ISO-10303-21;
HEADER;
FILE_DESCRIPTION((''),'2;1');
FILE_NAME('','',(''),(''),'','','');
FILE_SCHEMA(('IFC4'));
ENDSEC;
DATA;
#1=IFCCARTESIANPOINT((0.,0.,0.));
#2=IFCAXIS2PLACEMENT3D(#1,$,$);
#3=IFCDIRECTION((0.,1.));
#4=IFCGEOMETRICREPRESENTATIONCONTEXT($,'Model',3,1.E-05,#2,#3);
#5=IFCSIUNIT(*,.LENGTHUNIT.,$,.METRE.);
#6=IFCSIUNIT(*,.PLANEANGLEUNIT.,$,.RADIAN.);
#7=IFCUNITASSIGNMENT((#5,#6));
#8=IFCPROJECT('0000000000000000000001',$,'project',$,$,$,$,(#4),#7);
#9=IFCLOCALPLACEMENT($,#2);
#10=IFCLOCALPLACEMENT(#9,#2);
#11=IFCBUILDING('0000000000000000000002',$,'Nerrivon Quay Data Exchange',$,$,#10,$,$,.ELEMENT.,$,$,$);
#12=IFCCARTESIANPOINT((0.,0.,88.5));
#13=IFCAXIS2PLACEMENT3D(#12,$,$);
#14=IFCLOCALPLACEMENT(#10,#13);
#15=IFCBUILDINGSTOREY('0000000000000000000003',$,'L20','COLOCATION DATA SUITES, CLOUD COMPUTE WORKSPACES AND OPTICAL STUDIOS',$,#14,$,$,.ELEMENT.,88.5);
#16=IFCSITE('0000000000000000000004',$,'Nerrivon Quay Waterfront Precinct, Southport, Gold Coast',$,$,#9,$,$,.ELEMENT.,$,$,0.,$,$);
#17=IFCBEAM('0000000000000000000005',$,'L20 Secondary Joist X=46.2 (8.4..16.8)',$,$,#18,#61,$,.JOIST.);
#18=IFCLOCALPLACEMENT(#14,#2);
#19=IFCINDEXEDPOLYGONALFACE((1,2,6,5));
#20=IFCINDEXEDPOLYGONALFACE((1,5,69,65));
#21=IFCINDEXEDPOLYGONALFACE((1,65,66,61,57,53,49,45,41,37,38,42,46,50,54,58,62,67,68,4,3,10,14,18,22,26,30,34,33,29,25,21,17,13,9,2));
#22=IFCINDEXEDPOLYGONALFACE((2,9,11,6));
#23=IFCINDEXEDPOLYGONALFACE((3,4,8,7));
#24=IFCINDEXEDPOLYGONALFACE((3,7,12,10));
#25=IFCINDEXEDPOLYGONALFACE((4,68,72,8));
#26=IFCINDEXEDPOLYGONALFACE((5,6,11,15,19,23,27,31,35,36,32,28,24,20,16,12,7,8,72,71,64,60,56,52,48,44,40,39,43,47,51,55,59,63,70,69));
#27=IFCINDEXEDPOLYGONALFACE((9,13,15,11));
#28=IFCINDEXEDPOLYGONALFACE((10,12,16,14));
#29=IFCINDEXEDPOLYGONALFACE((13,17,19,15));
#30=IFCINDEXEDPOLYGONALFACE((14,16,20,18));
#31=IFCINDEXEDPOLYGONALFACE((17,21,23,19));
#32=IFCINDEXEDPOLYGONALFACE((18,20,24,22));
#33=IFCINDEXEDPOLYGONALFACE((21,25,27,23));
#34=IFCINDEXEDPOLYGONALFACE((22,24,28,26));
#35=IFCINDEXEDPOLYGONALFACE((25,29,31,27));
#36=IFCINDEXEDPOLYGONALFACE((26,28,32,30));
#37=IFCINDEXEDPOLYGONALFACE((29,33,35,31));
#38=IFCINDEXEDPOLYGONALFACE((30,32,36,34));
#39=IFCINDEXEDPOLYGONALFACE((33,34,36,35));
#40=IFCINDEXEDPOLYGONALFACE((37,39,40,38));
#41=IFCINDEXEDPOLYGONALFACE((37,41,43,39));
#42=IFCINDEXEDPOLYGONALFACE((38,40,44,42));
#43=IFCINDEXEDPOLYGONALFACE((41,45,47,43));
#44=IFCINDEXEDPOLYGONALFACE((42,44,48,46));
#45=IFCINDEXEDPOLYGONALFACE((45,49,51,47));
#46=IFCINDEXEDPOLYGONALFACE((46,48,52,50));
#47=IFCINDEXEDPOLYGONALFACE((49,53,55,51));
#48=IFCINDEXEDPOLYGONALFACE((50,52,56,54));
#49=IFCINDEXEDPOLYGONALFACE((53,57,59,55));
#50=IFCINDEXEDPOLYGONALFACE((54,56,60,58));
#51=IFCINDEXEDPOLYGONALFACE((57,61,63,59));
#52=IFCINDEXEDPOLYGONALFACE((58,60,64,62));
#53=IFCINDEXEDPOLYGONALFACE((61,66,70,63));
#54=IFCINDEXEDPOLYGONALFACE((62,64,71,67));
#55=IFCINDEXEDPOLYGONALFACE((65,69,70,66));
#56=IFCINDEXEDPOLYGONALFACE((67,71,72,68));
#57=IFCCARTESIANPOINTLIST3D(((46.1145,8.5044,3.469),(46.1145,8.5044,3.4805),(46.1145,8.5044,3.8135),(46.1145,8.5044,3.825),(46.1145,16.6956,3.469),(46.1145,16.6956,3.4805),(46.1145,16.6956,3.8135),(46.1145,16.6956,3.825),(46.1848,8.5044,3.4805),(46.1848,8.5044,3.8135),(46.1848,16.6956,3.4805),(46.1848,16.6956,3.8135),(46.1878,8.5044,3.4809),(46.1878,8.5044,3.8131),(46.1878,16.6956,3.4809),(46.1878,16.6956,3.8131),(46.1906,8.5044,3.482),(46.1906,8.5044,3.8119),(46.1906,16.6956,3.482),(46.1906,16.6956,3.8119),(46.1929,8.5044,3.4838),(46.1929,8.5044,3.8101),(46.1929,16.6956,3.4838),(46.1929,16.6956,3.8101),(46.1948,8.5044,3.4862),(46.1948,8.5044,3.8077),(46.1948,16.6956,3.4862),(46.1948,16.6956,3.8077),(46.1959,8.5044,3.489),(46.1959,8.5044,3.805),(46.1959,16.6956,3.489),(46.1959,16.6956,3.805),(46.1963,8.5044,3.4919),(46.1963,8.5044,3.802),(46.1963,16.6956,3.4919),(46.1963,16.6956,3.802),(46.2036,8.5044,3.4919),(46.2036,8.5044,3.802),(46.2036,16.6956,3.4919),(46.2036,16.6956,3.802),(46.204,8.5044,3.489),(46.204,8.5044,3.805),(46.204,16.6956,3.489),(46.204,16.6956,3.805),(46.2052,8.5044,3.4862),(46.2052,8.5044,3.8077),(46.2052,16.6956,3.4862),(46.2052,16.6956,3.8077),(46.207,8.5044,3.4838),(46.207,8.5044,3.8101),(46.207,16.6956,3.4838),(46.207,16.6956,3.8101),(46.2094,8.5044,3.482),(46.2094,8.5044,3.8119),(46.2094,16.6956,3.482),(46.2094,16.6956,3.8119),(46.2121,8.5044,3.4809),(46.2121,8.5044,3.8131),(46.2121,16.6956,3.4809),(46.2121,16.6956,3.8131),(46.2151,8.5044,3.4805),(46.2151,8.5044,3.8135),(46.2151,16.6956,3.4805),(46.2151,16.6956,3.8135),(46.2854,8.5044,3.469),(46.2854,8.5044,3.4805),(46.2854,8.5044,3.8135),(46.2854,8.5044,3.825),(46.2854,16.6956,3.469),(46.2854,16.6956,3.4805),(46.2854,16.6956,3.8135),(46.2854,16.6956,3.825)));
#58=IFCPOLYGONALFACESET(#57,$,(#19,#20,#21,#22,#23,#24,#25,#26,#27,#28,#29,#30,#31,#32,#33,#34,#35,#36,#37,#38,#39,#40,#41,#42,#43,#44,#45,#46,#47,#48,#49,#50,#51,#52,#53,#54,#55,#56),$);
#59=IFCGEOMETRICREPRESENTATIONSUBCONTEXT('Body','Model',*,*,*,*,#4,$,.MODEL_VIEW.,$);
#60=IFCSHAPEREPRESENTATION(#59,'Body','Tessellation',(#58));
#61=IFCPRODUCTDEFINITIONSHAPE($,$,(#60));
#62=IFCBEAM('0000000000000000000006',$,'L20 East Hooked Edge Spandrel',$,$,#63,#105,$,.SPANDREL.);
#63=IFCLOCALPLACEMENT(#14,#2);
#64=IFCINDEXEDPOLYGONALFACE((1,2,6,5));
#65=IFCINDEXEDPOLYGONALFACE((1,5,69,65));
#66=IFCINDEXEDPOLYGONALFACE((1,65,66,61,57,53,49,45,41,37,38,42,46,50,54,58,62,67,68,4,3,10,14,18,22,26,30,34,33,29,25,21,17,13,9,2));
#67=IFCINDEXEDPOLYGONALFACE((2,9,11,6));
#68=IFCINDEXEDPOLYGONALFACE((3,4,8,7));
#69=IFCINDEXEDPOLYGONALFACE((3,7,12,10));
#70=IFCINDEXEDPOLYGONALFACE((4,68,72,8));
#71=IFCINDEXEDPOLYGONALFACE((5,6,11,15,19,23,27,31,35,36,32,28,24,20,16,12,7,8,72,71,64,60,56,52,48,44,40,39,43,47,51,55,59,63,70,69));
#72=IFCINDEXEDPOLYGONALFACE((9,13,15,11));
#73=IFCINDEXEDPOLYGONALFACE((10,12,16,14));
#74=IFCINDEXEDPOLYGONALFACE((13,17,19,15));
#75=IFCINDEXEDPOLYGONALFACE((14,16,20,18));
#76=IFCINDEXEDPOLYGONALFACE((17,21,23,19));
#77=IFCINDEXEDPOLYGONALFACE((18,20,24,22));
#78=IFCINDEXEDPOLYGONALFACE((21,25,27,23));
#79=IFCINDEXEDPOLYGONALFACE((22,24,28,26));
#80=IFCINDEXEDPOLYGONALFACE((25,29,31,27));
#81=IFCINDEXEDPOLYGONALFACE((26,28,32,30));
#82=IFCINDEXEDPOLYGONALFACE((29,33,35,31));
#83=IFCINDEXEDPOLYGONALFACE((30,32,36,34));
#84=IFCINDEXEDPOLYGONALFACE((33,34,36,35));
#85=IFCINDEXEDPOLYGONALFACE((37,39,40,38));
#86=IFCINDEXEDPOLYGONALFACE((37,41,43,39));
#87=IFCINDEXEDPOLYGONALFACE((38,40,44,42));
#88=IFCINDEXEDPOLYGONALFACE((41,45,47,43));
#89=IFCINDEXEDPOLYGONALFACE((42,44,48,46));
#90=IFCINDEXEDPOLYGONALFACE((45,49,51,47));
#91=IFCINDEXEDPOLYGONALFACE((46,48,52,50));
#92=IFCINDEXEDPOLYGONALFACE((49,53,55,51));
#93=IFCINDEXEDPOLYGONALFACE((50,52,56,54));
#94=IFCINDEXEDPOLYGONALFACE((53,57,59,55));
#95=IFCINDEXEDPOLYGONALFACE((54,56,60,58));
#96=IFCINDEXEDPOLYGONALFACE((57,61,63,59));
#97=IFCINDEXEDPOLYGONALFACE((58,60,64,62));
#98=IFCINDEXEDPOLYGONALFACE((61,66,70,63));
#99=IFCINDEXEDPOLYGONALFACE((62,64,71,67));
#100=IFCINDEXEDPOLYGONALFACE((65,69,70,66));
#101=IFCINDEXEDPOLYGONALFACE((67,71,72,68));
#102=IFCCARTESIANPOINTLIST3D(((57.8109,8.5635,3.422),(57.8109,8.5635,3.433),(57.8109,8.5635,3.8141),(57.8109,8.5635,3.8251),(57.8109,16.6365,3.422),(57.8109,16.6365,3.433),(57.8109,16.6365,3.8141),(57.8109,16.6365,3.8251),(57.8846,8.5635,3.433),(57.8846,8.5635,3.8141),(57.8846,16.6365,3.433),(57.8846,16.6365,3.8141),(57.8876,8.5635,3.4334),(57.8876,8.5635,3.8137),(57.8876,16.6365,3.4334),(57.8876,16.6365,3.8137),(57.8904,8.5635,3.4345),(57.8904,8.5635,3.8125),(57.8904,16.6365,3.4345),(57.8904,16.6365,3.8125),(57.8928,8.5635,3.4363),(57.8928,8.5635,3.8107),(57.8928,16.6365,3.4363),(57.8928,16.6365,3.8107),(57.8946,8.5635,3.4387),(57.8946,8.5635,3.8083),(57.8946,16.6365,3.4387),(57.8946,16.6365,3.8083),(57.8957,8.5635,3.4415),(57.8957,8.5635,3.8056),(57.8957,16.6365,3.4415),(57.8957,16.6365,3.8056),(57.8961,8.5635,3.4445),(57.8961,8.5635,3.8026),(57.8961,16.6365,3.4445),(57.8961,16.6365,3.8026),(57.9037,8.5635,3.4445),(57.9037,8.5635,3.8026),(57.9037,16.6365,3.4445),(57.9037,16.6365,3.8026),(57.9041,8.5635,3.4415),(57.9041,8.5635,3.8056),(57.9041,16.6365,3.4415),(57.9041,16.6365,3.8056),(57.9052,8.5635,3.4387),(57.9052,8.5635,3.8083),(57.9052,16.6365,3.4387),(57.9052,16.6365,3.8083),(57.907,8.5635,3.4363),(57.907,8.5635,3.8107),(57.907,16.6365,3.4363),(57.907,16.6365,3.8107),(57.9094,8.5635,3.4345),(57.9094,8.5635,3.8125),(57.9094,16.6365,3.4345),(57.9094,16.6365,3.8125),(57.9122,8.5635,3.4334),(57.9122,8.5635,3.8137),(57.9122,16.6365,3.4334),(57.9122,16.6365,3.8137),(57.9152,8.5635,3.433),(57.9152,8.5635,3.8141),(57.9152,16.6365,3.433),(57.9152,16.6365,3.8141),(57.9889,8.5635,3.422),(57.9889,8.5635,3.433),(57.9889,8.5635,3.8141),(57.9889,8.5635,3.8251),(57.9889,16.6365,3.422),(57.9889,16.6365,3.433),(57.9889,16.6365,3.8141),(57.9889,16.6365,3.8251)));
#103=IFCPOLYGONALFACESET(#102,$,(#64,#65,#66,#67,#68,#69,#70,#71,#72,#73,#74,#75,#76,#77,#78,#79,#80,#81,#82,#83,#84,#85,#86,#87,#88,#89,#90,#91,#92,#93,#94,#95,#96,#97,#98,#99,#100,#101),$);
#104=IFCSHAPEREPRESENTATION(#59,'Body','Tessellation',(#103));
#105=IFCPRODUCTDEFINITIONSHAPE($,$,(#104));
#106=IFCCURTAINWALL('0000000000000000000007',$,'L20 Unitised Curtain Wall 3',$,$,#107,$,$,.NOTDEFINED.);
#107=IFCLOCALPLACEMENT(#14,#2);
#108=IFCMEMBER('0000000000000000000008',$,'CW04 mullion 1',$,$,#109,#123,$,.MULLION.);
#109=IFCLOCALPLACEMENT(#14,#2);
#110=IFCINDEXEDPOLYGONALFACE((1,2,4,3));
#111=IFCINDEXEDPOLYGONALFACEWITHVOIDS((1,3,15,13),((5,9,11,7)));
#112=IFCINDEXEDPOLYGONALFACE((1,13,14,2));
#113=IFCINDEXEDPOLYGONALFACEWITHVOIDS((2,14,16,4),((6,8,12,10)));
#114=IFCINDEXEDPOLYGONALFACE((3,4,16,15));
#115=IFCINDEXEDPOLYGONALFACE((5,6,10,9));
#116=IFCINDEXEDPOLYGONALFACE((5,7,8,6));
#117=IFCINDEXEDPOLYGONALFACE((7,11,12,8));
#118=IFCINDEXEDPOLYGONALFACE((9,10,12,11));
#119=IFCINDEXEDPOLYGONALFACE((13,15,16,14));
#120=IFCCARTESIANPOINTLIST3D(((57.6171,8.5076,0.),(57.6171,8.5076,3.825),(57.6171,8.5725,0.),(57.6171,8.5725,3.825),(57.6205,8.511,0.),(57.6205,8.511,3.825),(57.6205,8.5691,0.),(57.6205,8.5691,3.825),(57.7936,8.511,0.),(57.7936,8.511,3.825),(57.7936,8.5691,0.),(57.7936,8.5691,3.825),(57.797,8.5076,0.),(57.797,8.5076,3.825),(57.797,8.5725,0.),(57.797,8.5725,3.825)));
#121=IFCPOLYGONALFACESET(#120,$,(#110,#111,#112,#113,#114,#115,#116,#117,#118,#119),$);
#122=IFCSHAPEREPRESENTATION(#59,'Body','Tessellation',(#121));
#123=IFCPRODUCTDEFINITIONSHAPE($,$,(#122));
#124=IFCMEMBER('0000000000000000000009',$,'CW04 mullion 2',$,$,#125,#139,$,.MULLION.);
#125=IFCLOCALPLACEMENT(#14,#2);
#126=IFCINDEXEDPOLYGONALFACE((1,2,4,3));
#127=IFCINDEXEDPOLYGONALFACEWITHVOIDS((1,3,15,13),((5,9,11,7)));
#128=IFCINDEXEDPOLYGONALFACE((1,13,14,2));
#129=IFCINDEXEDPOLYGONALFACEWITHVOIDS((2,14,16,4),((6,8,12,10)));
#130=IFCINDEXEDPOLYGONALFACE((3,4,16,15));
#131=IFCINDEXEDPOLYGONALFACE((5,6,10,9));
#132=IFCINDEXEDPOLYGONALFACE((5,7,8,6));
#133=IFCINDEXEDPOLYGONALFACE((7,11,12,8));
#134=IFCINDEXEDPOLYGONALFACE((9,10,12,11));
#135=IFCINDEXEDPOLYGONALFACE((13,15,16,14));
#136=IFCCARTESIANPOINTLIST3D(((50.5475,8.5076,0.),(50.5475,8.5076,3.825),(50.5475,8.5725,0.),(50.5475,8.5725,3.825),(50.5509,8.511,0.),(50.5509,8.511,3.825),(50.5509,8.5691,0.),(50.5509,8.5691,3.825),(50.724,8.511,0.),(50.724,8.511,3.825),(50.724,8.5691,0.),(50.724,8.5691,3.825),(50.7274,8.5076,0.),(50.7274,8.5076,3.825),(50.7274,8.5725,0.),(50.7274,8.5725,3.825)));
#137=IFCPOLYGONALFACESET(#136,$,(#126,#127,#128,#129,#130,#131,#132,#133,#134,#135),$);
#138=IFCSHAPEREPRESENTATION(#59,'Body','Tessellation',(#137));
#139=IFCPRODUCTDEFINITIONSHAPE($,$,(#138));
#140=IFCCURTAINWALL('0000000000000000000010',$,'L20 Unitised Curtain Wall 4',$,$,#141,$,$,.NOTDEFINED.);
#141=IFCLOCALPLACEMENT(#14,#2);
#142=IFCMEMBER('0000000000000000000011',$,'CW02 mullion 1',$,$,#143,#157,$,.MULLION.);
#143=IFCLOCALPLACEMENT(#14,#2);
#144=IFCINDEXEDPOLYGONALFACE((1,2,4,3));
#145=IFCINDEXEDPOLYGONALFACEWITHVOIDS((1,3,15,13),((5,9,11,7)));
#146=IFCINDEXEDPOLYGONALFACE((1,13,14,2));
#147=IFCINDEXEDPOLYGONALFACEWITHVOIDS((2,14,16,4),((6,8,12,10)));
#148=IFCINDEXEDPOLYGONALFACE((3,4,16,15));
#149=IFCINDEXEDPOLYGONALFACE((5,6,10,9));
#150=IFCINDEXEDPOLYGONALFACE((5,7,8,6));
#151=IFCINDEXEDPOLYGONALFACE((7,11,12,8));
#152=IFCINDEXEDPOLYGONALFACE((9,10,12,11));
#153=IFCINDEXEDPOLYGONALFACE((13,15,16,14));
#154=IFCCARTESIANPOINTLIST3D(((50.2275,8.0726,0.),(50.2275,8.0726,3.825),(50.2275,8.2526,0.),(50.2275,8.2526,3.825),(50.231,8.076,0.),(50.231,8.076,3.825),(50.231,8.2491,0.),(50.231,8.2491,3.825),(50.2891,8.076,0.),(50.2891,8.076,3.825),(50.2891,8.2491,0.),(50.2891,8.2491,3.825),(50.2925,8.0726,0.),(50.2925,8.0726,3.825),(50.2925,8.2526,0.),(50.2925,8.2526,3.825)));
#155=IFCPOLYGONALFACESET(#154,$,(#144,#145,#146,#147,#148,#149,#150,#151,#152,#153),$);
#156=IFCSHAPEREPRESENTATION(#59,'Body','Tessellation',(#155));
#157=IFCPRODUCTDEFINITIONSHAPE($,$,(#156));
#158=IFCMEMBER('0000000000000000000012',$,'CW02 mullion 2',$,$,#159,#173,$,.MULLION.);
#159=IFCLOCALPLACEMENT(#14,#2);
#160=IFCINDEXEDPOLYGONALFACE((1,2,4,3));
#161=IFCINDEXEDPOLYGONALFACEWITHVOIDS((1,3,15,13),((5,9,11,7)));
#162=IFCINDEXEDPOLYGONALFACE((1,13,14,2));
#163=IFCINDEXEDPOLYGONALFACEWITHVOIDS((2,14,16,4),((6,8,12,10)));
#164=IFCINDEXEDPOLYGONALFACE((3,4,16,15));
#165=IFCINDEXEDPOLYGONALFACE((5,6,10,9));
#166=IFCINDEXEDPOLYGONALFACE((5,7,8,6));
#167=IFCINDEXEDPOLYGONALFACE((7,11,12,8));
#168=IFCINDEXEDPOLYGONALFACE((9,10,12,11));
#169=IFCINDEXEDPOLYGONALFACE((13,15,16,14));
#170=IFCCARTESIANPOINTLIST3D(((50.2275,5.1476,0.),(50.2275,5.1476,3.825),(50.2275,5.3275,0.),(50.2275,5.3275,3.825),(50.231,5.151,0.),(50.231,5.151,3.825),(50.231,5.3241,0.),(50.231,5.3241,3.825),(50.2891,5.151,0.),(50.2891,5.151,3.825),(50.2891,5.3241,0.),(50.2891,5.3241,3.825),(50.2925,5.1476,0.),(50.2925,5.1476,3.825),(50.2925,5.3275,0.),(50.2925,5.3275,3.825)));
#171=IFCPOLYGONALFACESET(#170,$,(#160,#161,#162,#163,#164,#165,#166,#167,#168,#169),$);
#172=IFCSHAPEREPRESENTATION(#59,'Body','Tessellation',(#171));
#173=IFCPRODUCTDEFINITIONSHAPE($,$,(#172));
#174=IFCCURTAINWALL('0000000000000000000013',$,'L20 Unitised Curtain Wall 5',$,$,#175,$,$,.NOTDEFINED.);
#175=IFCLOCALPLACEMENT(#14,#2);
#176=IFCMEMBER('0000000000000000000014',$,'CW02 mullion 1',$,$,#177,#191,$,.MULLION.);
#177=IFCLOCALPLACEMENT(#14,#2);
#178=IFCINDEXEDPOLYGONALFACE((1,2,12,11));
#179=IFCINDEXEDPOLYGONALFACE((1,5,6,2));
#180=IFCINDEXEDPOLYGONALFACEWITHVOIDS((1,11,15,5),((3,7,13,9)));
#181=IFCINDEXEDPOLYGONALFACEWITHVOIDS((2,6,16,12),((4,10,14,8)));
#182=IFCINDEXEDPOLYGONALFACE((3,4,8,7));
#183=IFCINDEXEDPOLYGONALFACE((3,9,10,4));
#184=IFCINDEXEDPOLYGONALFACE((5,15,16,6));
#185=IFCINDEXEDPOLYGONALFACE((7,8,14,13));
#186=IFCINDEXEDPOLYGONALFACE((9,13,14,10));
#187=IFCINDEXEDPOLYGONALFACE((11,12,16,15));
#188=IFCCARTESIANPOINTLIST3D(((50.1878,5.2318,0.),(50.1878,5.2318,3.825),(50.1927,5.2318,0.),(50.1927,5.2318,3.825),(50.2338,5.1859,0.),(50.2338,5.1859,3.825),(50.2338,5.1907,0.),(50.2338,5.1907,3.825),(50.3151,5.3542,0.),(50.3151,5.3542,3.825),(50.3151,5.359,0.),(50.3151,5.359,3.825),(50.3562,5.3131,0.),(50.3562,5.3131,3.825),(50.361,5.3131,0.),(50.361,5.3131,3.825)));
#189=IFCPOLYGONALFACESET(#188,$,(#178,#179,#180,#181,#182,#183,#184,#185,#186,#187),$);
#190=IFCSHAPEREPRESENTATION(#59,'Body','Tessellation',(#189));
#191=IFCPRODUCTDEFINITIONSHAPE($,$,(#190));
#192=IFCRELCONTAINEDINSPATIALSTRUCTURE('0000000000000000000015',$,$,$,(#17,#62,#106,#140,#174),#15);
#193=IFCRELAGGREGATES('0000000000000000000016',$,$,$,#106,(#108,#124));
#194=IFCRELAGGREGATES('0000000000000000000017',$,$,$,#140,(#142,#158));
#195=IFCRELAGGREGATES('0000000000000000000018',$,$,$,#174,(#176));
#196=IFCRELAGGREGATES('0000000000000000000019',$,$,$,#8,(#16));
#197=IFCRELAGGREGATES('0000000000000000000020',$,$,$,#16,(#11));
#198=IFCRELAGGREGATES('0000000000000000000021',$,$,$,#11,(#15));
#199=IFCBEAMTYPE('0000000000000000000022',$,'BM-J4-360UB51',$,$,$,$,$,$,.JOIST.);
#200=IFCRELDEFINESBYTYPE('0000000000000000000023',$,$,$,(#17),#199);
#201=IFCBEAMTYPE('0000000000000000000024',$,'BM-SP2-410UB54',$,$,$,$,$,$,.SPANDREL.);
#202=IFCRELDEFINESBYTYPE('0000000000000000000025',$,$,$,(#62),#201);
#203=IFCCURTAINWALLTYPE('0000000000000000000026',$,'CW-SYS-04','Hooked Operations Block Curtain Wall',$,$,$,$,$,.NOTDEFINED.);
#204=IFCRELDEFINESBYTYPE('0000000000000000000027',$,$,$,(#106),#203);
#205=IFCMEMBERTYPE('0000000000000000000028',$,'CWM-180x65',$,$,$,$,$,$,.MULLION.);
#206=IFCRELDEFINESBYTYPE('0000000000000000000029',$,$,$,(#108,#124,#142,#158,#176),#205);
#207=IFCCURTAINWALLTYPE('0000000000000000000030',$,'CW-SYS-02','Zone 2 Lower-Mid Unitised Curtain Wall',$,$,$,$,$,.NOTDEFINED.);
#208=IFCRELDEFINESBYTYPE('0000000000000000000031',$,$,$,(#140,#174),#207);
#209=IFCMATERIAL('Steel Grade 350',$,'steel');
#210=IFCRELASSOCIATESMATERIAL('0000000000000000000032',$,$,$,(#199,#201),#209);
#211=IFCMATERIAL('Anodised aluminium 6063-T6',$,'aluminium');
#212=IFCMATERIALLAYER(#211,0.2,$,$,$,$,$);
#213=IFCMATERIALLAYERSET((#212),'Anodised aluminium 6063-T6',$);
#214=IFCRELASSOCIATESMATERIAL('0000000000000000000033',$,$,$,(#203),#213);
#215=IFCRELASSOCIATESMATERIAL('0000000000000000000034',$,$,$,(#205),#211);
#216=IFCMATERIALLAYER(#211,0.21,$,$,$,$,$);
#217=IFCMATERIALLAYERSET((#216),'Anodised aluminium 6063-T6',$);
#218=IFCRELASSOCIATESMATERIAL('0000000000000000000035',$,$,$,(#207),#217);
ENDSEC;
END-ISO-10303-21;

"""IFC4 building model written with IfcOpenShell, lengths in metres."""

from ifc_helpers import new_model, si_unit, direction, frame, origin, origin_2d, place, context, subcontext, project, spatial, hollow_rectangle, i_section, extrude, material, layer, layer_set, material_profile, profile_set, type_object, element, aggregate, save


model = new_model("IFC4")

# Units and contexts
model_context = context("Model", 3, precision=1e-05, world=origin(), true_north=direction((0.0, 1.0)))
body_context = subcontext(model_context, "Body", "Model", "MODEL_VIEW")
ifc_project = project(units=[si_unit("LENGTHUNIT", "METRE"), si_unit("PLANEANGLEUNIT", "RADIAN")], contexts=[model_context])

# Site, building, storey
site_placement = place(None, origin())
site = spatial("IfcSite", under=ifc_project, at=site_placement, Name="Nerrivon Quay Waterfront Precinct, Southport, Gold Coast", CompositionType="ELEMENT", RefElevation=0.0)
building_placement = place(site_placement, origin())
building = spatial("IfcBuilding", under=site, at=building_placement, Name="Nerrivon Quay Data Exchange", CompositionType="ELEMENT")
storey_placement = place(building_placement, frame((0.0, 0.0, 88.5)))
storey = spatial("IfcBuildingStorey", under=building, at=storey_placement, Name="L20", Description="COLOCATION DATA SUITES, CLOUD COMPUTE WORKSPACES AND OPTICAL STUDIOS", CompositionType="ELEMENT", Elevation=88.5)

# Shared definitions
ifc_material_1 = material(Name="Steel Grade 350", Category="steel")

# Beams
ifc_material_profile_1 = material_profile(ifc_material_1, i_section(OverallWidth=0.1709, OverallDepth=0.356, WebThickness=0.0073, FlangeThickness=0.0115, FilletRadius=0.0115, at=origin_2d()), Name="360UB50.7")
ifc_profile_set_1 = profile_set([ifc_material_profile_1], Name="Steel Grade 350")
beam_type_1 = type_object("IfcBeamType", Name="BM-J4-360UB51", PredefinedType="JOIST", material=ifc_profile_set_1)
beam_1_placement = place(storey_placement, frame((46.2, 8.5044, 3.647), z_axis=(0.0, 1.0, 0.0), x_axis=(-1.0, 0.0, 0.0)))
element("IfcBeam", 1, at=beam_1_placement, inside=storey, type_object=beam_type_1, Name="L20 Secondary Joist X=46.2 (8.4..16.8)", PredefinedType="JOIST", context=body_context, shape_type="SweptSolid", body=[
    extrude(i_section(OverallWidth=0.1709, OverallDepth=0.356, WebThickness=0.0073, FlangeThickness=0.0115, FilletRadius=0.0115, at=origin_2d()), origin(), (0.0, 0.0, 1.0), 8.1912),
])
ifc_material_profile_2 = material_profile(ifc_material_1, i_section(OverallWidth=0.178, OverallDepth=0.4031, WebThickness=0.0076, FlangeThickness=0.011, FilletRadius=0.0115, at=origin_2d()), Name="410UB53.7")
ifc_profile_set_2 = profile_set([ifc_material_profile_2], Name="Steel Grade 350")
beam_type_2 = type_object("IfcBeamType", Name="BM-SP2-410UB54", PredefinedType="SPANDREL", material=ifc_profile_set_2)
beam_2_placement = place(storey_placement, frame((57.8999, 8.5635, 3.6235), z_axis=(0.0, 1.0, 0.0), x_axis=(-1.0, 0.0, 0.0)))
element("IfcBeam", 2, at=beam_2_placement, inside=storey, type_object=beam_type_2, Name="L20 East Hooked Edge Spandrel", PredefinedType="SPANDREL", context=body_context, shape_type="SweptSolid", body=[
    extrude(i_section(OverallWidth=0.178, OverallDepth=0.4031, WebThickness=0.0076, FlangeThickness=0.011, FilletRadius=0.0115, at=origin_2d()), origin(), (0.0, 0.0, 1.0), 8.073),
])

# Curtain walls, members
ifc_material_2 = material(Name="Anodised aluminium 6063-T6", Category="aluminium")
ifc_layer_1 = layer(ifc_material_2, 0.2)
ifc_layer_set_1 = layer_set([ifc_layer_1], Name="Anodised aluminium 6063-T6")
curtain_wall_type_1 = type_object("IfcCurtainWallType", Name="CW-SYS-04", Description="Hooked Operations Block Curtain Wall", PredefinedType="NOTDEFINED", material=ifc_layer_set_1)
curtain_wall_1_placement = place(storey_placement, origin())
curtain_wall_1 = element("IfcCurtainWall", 3, at=curtain_wall_1_placement, inside=storey, type_object=curtain_wall_type_1, Name="L20 Unitised Curtain Wall 3", PredefinedType="NOTDEFINED")
ifc_material_profile_3 = material_profile(ifc_material_2, hollow_rectangle(XDim=0.0649, YDim=0.1799, WallThickness=0.0034, at=origin_2d()), Name="ALU-MULL-180x65")
ifc_profile_set_3 = profile_set([ifc_material_profile_3], Name="Anodised aluminium 6063-T6")
member_type_1 = type_object("IfcMemberType", Name="CWM-180x65", PredefinedType="MULLION", material=ifc_profile_set_3)
member_1_placement = place(storey_placement, frame((57.707, 8.54, 0.0), z_axis=(0.0, 0.0, 1.0), x_axis=(0.0, -1.0, 0.0)))
member_1 = element("IfcMember", 4, at=member_1_placement, type_object=member_type_1, Name="CW04 mullion 1", PredefinedType="MULLION", context=body_context, shape_type="SweptSolid", body=[
    extrude(hollow_rectangle(XDim=0.0649, YDim=0.1799, WallThickness=0.0034, at=origin_2d()), origin(), (0.0, 0.0, 1.0), 3.825),
])
member_2_placement = place(storey_placement, frame((50.6375, 8.54, 0.0), z_axis=(0.0, 0.0, 1.0), x_axis=(0.0, -1.0, 0.0)))
member_2 = element("IfcMember", 5, at=member_2_placement, type_object=member_type_1, Name="CW04 mullion 2", PredefinedType="MULLION", context=body_context, shape_type="SweptSolid", body=[
    extrude(hollow_rectangle(XDim=0.0649, YDim=0.1799, WallThickness=0.0034, at=origin_2d()), origin(), (0.0, 0.0, 1.0), 3.825),
])
ifc_layer_2 = layer(ifc_material_2, 0.21)
ifc_layer_set_2 = layer_set([ifc_layer_2], Name="Anodised aluminium 6063-T6")
curtain_wall_type_2 = type_object("IfcCurtainWallType", Name="CW-SYS-02", Description="Zone 2 Lower-Mid Unitised Curtain Wall", PredefinedType="NOTDEFINED", material=ifc_layer_set_2)
curtain_wall_2_placement = place(storey_placement, origin())
curtain_wall_2 = element("IfcCurtainWall", 6, at=curtain_wall_2_placement, inside=storey, type_object=curtain_wall_type_2, Name="L20 Unitised Curtain Wall 4", PredefinedType="NOTDEFINED")
member_3_placement = place(storey_placement, frame((50.26, 8.1626, 0.0), z_axis=(0.0, 0.0, 1.0), x_axis=(1.0, 0.0, 0.0)))
member_3 = element("IfcMember", 7, at=member_3_placement, type_object=member_type_1, Name="CW02 mullion 1", PredefinedType="MULLION", context=body_context, shape_type="SweptSolid", body=[
    extrude(hollow_rectangle(XDim=0.0649, YDim=0.1799, WallThickness=0.0034, at=origin_2d()), origin(), (0.0, 0.0, 1.0), 3.825),
])
member_4_placement = place(storey_placement, frame((50.26, 5.2375, 0.0), z_axis=(0.0, 0.0, 1.0), x_axis=(1.0, 0.0, 0.0)))
member_4 = element("IfcMember", 8, at=member_4_placement, type_object=member_type_1, Name="CW02 mullion 2", PredefinedType="MULLION", context=body_context, shape_type="SweptSolid", body=[
    extrude(hollow_rectangle(XDim=0.0649, YDim=0.1799, WallThickness=0.0034, at=origin_2d()), origin(), (0.0, 0.0, 1.0), 3.825),
])

# Curtain wall, member
curtain_wall_3_placement = place(storey_placement, origin())
curtain_wall_3 = element("IfcCurtainWall", 9, at=curtain_wall_3_placement, inside=storey, type_object=curtain_wall_type_2, Name="L20 Unitised Curtain Wall 5", PredefinedType="NOTDEFINED")
member_5_placement = place(storey_placement, frame((50.2744, 5.2725, 0.0), z_axis=(0.0, 0.0, 1.0), x_axis=(0.707107, -0.707107, 0.0)))
member_5 = element("IfcMember", 10, at=member_5_placement, type_object=member_type_1, Name="CW02 mullion 1", PredefinedType="MULLION", context=body_context, shape_type="SweptSolid", body=[
    extrude(hollow_rectangle(XDim=0.0649, YDim=0.1799, WallThickness=0.0034, at=origin_2d()), origin(), (0.0, 0.0, 1.0), 3.825),
])

aggregate(curtain_wall_1, [member_1, member_2])
aggregate(curtain_wall_2, [member_3, member_4])
aggregate(curtain_wall_3, [member_5])

save(model, "model.ifc")
